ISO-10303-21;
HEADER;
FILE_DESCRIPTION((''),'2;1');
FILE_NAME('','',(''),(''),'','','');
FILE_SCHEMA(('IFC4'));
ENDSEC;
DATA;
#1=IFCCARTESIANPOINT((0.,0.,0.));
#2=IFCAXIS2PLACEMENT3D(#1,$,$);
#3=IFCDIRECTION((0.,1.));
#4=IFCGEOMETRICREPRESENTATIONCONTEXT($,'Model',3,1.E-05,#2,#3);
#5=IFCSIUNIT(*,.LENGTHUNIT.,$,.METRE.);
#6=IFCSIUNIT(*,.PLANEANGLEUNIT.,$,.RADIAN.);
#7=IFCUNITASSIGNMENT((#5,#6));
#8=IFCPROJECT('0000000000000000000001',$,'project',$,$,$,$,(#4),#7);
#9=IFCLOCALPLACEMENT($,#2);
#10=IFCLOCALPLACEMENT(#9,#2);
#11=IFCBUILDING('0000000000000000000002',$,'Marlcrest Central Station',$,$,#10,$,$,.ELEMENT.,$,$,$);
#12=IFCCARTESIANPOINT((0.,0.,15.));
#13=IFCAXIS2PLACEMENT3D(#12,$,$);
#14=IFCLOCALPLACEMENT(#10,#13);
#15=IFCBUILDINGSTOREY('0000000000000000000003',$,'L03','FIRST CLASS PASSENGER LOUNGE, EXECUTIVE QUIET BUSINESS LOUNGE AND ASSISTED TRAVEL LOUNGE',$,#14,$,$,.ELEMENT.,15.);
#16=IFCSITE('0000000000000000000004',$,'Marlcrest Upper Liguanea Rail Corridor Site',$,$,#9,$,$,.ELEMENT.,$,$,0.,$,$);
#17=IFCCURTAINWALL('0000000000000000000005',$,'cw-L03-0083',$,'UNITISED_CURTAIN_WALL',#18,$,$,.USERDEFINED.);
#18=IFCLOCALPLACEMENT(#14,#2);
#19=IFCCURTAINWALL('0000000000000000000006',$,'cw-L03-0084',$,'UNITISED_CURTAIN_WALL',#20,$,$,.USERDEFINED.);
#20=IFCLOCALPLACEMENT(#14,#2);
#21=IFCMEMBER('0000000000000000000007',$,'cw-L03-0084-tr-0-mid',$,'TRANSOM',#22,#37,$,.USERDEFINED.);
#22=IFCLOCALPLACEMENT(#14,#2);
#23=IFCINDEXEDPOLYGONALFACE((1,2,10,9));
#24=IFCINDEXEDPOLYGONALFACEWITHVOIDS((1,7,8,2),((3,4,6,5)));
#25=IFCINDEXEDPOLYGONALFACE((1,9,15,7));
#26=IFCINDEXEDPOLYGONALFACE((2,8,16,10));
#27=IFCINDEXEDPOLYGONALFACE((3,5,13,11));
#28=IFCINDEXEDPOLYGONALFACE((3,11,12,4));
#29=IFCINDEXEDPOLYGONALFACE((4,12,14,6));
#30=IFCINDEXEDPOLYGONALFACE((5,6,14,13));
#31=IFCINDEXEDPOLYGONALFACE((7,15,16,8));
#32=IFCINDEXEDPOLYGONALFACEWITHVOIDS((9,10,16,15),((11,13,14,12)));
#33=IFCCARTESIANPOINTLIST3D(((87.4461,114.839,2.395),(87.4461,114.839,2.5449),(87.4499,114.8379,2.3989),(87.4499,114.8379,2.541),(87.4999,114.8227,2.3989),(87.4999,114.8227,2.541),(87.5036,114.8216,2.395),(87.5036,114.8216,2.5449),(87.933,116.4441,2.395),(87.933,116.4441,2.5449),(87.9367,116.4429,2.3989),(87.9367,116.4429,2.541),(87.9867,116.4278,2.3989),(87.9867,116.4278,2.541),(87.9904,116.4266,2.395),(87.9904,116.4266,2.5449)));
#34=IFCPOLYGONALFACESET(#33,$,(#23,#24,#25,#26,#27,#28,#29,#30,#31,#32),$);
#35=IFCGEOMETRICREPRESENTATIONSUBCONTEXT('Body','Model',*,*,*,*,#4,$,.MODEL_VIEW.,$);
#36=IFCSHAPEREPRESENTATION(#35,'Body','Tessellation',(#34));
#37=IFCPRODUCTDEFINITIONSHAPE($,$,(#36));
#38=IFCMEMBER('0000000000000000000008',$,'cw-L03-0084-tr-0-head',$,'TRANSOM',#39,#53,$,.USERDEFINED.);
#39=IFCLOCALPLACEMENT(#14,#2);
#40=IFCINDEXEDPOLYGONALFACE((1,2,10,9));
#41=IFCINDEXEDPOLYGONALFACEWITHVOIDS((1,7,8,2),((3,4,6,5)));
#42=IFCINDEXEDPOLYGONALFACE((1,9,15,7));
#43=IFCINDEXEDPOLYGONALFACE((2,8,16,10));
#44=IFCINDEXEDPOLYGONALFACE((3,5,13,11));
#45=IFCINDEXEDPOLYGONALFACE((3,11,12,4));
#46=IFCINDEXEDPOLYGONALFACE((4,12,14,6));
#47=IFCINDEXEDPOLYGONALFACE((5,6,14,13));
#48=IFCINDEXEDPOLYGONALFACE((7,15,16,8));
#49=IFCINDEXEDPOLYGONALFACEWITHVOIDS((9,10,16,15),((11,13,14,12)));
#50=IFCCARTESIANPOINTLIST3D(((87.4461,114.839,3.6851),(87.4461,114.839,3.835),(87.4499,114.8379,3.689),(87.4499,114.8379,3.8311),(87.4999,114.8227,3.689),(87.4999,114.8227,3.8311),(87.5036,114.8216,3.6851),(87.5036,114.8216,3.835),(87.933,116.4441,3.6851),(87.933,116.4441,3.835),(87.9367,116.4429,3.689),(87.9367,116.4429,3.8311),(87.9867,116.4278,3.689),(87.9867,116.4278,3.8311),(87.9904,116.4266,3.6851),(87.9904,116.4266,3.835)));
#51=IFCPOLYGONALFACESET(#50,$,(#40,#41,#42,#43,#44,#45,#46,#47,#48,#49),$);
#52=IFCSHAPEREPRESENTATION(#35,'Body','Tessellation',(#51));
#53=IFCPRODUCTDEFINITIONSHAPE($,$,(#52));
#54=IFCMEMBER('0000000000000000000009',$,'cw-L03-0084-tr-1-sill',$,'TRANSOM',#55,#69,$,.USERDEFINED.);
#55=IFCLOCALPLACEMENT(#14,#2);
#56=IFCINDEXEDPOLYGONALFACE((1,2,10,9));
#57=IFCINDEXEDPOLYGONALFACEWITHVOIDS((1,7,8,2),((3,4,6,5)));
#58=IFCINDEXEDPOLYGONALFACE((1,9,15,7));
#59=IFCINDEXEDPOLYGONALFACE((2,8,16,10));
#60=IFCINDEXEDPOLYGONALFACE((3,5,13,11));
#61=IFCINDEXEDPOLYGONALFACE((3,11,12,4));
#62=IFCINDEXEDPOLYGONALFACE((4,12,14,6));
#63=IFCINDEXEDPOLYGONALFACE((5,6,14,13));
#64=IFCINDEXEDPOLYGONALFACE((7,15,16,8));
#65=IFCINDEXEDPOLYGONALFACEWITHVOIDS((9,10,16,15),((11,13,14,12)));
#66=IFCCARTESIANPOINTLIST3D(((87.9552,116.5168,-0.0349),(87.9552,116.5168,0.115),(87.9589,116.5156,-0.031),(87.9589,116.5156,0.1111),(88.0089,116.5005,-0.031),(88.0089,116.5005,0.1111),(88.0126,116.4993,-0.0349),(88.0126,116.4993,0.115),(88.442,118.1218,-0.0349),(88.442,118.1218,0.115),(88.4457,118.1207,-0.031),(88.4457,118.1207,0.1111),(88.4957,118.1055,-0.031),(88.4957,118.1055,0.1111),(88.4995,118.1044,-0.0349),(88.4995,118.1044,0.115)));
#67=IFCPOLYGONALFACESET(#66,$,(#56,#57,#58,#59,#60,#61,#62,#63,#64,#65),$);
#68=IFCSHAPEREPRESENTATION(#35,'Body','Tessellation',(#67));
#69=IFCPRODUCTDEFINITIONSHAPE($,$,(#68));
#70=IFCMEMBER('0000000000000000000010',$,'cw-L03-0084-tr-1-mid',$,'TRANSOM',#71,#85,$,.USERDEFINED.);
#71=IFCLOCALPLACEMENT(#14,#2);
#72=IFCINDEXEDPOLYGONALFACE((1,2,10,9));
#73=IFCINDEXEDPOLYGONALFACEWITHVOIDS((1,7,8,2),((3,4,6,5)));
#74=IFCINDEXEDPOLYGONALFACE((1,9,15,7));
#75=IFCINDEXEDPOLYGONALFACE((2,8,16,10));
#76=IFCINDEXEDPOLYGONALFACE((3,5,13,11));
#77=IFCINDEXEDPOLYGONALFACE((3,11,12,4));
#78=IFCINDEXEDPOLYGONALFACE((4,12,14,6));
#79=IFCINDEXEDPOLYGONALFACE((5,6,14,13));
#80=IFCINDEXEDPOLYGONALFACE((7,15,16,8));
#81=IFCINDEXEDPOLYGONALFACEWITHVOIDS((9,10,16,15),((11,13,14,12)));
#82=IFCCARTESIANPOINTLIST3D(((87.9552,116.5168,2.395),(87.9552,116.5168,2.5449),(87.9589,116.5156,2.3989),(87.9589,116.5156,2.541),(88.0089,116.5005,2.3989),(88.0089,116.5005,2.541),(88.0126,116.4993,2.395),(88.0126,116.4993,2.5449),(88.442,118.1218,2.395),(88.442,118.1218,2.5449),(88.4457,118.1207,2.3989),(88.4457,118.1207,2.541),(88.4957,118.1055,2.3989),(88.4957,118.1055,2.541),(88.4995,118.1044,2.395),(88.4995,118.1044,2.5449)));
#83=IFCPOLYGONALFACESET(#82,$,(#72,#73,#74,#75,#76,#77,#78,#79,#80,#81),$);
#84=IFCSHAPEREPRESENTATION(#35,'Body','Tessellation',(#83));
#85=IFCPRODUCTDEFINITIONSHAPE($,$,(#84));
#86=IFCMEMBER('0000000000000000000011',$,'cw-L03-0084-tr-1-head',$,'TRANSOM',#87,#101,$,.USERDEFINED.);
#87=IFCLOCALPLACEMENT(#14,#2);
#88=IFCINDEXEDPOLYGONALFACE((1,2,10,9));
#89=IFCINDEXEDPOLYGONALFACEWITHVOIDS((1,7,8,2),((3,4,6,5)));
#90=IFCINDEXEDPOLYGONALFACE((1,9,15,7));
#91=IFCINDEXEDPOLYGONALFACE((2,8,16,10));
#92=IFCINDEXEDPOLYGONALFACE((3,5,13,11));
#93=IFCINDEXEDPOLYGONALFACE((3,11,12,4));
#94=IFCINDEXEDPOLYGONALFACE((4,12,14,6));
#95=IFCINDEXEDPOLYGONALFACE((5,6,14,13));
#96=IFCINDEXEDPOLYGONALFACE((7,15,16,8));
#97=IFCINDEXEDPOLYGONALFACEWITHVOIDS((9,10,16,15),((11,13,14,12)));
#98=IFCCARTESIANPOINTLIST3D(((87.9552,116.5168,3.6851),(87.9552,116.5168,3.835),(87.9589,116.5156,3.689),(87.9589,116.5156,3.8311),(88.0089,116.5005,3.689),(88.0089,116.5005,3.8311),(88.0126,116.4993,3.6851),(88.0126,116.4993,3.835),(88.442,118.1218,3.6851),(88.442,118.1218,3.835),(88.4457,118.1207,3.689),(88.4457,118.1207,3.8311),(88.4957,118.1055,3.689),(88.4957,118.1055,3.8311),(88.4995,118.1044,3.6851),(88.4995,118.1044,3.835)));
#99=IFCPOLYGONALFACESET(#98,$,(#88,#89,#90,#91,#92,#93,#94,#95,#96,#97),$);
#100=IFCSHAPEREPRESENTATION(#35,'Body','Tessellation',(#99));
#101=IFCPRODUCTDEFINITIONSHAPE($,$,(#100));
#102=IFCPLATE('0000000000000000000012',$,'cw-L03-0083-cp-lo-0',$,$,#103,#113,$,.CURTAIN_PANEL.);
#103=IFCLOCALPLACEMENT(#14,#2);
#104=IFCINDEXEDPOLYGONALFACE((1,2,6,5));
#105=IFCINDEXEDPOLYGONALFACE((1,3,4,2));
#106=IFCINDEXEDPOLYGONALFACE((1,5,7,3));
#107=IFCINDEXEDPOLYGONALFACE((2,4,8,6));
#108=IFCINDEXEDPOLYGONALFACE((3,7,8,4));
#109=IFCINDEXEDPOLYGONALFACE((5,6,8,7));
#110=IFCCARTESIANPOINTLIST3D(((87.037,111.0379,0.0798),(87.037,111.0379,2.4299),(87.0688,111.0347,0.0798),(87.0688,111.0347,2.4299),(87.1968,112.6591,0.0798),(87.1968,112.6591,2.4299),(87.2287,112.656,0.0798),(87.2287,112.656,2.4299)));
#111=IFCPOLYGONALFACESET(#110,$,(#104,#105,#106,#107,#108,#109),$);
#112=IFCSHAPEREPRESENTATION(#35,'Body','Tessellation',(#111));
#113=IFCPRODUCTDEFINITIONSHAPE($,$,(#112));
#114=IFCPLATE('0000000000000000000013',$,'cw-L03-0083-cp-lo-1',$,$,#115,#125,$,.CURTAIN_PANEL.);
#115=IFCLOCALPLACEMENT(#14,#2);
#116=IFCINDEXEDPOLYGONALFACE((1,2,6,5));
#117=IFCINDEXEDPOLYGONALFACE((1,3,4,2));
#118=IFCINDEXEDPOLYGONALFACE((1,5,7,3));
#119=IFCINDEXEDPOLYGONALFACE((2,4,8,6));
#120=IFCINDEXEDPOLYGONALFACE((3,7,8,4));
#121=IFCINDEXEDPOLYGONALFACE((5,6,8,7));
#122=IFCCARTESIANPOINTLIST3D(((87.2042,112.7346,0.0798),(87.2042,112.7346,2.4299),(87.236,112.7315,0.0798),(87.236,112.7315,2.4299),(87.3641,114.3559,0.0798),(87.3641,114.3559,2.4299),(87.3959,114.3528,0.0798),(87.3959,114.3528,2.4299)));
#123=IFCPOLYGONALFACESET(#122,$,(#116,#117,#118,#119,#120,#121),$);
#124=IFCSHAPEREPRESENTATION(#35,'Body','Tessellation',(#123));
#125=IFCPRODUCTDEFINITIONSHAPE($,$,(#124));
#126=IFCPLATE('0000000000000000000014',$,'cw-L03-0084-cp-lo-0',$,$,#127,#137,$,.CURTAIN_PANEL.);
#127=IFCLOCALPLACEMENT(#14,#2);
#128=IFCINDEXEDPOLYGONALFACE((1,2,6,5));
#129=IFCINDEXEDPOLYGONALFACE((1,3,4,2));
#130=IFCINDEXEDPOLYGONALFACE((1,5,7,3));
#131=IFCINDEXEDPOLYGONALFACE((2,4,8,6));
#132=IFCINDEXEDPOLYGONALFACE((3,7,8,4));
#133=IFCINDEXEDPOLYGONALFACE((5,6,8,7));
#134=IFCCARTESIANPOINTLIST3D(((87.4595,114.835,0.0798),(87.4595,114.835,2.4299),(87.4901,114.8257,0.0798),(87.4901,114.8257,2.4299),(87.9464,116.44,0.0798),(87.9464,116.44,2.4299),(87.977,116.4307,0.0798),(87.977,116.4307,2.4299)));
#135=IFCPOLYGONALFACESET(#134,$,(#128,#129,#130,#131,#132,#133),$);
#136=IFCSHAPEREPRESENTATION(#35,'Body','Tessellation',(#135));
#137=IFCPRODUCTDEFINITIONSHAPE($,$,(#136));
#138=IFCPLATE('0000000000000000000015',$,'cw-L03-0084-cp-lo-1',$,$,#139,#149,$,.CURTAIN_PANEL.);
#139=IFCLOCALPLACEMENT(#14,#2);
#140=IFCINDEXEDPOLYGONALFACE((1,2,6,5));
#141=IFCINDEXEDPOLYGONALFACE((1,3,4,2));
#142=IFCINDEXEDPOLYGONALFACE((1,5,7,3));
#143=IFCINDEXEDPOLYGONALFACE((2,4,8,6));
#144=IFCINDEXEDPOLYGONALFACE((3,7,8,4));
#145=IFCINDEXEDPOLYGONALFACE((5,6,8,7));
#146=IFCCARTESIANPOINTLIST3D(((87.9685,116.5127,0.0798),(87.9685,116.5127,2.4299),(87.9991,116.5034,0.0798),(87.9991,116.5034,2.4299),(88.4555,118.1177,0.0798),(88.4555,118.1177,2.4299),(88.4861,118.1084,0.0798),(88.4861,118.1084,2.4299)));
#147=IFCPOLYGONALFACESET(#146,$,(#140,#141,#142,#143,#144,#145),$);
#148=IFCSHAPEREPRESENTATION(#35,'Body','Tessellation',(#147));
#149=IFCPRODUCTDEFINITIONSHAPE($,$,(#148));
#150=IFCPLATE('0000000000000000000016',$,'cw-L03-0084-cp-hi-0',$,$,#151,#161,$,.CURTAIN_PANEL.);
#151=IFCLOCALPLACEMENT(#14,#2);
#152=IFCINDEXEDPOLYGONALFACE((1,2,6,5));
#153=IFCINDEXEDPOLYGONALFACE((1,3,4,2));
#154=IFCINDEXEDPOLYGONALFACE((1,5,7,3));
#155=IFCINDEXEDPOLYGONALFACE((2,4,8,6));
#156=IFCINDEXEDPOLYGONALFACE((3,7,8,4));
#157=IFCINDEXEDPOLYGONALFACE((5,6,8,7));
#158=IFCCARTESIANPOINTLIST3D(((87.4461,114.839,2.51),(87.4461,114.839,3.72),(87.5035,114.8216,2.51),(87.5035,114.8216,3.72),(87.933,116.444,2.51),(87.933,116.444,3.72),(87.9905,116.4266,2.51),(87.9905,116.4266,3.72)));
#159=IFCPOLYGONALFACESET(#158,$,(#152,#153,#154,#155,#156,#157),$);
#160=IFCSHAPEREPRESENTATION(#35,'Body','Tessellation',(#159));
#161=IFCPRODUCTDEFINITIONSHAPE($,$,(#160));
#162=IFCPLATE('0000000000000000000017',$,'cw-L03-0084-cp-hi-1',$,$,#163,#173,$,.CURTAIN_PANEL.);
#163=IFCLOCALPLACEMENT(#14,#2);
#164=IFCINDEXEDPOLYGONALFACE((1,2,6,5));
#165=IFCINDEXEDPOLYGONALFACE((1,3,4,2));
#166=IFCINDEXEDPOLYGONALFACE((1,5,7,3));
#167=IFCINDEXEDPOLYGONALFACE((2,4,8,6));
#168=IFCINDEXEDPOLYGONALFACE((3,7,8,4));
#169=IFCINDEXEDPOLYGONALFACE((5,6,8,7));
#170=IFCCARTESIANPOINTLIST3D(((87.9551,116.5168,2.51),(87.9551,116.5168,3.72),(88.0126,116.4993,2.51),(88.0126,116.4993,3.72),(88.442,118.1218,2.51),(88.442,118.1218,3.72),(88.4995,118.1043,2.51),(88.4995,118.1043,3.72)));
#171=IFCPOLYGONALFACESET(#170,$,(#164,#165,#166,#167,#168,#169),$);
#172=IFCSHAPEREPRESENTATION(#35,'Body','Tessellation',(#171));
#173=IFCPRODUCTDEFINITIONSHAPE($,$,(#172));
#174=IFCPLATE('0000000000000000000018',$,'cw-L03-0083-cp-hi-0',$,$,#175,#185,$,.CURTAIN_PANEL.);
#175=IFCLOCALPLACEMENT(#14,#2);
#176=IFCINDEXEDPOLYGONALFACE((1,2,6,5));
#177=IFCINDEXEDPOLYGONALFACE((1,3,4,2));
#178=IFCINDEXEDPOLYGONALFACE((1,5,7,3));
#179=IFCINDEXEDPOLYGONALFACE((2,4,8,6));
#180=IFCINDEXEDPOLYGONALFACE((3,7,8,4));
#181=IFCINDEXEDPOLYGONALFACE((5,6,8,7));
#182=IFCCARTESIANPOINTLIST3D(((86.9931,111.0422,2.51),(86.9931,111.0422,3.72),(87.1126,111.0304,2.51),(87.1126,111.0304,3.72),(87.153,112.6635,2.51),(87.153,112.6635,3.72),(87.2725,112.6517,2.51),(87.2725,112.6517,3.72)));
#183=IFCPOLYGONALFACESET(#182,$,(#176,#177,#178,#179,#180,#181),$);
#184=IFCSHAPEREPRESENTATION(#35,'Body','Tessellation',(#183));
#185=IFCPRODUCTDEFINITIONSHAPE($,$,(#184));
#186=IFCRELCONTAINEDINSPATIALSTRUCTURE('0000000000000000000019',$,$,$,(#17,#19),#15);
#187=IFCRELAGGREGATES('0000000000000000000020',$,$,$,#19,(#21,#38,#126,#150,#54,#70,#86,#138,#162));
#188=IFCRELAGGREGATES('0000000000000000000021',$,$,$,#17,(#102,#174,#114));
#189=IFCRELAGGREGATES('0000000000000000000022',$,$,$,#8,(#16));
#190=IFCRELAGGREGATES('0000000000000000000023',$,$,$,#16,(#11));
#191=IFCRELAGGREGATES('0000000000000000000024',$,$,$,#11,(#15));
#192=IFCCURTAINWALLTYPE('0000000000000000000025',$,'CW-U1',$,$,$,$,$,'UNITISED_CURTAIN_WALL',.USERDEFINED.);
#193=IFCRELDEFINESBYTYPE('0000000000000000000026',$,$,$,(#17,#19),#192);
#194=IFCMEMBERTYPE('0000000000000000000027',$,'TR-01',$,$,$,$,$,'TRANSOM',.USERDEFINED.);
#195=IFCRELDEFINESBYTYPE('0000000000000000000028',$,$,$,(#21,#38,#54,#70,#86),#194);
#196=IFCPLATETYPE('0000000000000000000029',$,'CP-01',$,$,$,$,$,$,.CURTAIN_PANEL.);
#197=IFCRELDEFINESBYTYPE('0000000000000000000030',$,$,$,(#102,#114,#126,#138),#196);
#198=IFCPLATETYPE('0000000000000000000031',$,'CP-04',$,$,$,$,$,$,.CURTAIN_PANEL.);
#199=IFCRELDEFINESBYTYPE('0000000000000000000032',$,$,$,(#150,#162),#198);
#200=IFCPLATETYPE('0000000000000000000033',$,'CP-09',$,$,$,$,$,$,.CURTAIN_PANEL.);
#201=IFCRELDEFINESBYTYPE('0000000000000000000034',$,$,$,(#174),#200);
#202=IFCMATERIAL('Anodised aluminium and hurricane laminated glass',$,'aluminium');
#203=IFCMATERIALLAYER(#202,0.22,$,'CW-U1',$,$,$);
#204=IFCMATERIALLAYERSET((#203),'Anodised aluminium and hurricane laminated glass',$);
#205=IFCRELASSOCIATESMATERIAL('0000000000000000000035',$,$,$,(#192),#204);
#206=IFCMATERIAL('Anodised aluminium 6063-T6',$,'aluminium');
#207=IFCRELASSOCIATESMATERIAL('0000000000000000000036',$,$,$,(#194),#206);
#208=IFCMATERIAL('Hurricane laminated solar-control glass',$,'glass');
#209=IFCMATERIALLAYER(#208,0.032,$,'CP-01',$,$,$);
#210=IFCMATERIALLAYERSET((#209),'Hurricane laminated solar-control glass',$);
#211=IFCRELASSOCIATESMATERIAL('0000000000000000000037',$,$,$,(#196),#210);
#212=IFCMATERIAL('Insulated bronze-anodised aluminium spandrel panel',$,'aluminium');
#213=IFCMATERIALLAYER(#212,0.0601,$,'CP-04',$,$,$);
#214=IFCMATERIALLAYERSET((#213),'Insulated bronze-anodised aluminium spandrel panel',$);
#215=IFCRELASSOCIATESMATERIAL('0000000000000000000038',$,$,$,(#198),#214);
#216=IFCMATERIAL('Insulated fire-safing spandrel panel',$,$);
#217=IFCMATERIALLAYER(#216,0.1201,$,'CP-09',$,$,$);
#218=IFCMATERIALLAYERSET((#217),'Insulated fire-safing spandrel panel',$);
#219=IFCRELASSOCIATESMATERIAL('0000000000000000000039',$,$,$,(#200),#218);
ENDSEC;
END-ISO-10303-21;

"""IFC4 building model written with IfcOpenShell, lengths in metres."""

from ifc_helpers import new_model, si_unit, direction, frame, origin, origin_2d, place, context, subcontext, project, spatial, rectangle, hollow_rectangle, extrude, material, layer, layer_set, material_profile, profile_set, type_object, element, aggregate, save


model = new_model("IFC4")

# Units and contexts
model_context = context("Model", 3, precision=1e-05, world=origin(), true_north=direction((0.0, 1.0)))
body_context = subcontext(model_context, "Body", "Model", "MODEL_VIEW")
ifc_project = project(units=[si_unit("LENGTHUNIT", "METRE"), si_unit("PLANEANGLEUNIT", "RADIAN")], contexts=[model_context])

# Site, building, storey
site_placement = place(None, origin())
site = spatial("IfcSite", under=ifc_project, at=site_placement, Name="Marlcrest Upper Liguanea Rail Corridor Site", CompositionType="ELEMENT", RefElevation=0.0)
building_placement = place(site_placement, origin())
building = spatial("IfcBuilding", under=site, at=building_placement, Name="Marlcrest Central Station", CompositionType="ELEMENT")
storey_placement = place(building_placement, frame((0.0, 0.0, 15.0)))
storey = spatial("IfcBuildingStorey", under=building, at=storey_placement, Name="L03", Description="FIRST CLASS PASSENGER LOUNGE, EXECUTIVE QUIET BUSINESS LOUNGE AND ASSISTED TRAVEL LOUNGE", CompositionType="ELEMENT", Elevation=15.0)

# Curtain walls
ifc_material_1 = material(Name="Anodised aluminium and hurricane laminated glass", Category="aluminium")
ifc_layer_1 = layer(ifc_material_1, 0.22, Name="CW-U1")
ifc_layer_set_1 = layer_set([ifc_layer_1], Name="Anodised aluminium and hurricane laminated glass")
curtain_wall_type = type_object("IfcCurtainWallType", Name="CW-U1", ElementType="UNITISED_CURTAIN_WALL", PredefinedType="USERDEFINED", material=ifc_layer_set_1)
curtain_wall_1_placement = place(storey_placement, origin())
curtain_wall_1 = element("IfcCurtainWall", 1, at=curtain_wall_1_placement, inside=storey, type_object=curtain_wall_type, Name="cw-L03-0083", ObjectType="UNITISED_CURTAIN_WALL", PredefinedType="USERDEFINED")
ifc_material_2 = material(Name="Anodised aluminium 6063-T6", Category="aluminium")
curtain_wall_2_placement = place(storey_placement, origin())
curtain_wall_2 = element("IfcCurtainWall", 2, at=curtain_wall_2_placement, inside=storey, type_object=curtain_wall_type, Name="cw-L03-0084", ObjectType="UNITISED_CURTAIN_WALL", PredefinedType="USERDEFINED")

# Members
ifc_material_profile_1 = material_profile(ifc_material_2, hollow_rectangle(XDim=0.0601, YDim=0.1499, WallThickness=0.0039, at=origin_2d()), Name="AA-RHS 150x60x4")
ifc_profile_set_1 = profile_set([ifc_material_profile_1], Name="Anodised aluminium 6063-T6")
member_type_1 = type_object("IfcMemberType", Name="TR-01", ElementType="TRANSOM", PredefinedType="USERDEFINED", material=ifc_profile_set_1)
member_1_placement = place(storey_placement, frame((87.4749, 114.8303, 2.47), z_axis=(0.290258, 0.956948, 0.0), x_axis=(-0.956948, 0.290258, 0.0)))
member_1 = element("IfcMember", 3, at=member_1_placement, type_object=member_type_1, Name="cw-L03-0084-tr-0-mid", ObjectType="TRANSOM", PredefinedType="USERDEFINED", context=body_context, shape_type="SweptSolid", body=[
    extrude(hollow_rectangle(XDim=0.0601, YDim=0.1499, WallThickness=0.0039, at=origin_2d()), origin(), (0.0, 0.0, 1.0), 1.6772),
])
member_2_placement = place(storey_placement, frame((87.4749, 114.8303, 3.76), z_axis=(0.290258, 0.956948, 0.0), x_axis=(-0.956948, 0.290258, 0.0)))
member_2 = element("IfcMember", 4, at=member_2_placement, type_object=member_type_1, Name="cw-L03-0084-tr-0-head", ObjectType="TRANSOM", PredefinedType="USERDEFINED", context=body_context, shape_type="SweptSolid", body=[
    extrude(hollow_rectangle(XDim=0.0601, YDim=0.1499, WallThickness=0.0039, at=origin_2d()), origin(), (0.0, 0.0, 1.0), 1.6772),
])
member_3_placement = place(storey_placement, frame((87.9839, 116.5081, 0.04), z_axis=(0.290258, 0.956948, 0.0), x_axis=(-0.956948, 0.290258, 0.0)))
member_3 = element("IfcMember", 5, at=member_3_placement, type_object=member_type_1, Name="cw-L03-0084-tr-1-sill", ObjectType="TRANSOM", PredefinedType="USERDEFINED", context=body_context, shape_type="SweptSolid", body=[
    extrude(hollow_rectangle(XDim=0.0601, YDim=0.1499, WallThickness=0.0039, at=origin_2d()), origin(), (0.0, 0.0, 1.0), 1.6772),
])
member_4_placement = place(storey_placement, frame((87.9839, 116.5081, 2.47), z_axis=(0.290258, 0.956948, 0.0), x_axis=(-0.956948, 0.290258, 0.0)))
member_4 = element("IfcMember", 6, at=member_4_placement, type_object=member_type_1, Name="cw-L03-0084-tr-1-mid", ObjectType="TRANSOM", PredefinedType="USERDEFINED", context=body_context, shape_type="SweptSolid", body=[
    extrude(hollow_rectangle(XDim=0.0601, YDim=0.1499, WallThickness=0.0039, at=origin_2d()), origin(), (0.0, 0.0, 1.0), 1.6772),
])
member_5_placement = place(storey_placement, frame((87.9839, 116.5081, 3.76), z_axis=(0.290258, 0.956948, 0.0), x_axis=(-0.956948, 0.290258, 0.0)))
member_5 = element("IfcMember", 7, at=member_5_placement, type_object=member_type_1, Name="cw-L03-0084-tr-1-head", ObjectType="TRANSOM", PredefinedType="USERDEFINED", context=body_context, shape_type="SweptSolid", body=[
    extrude(hollow_rectangle(XDim=0.0601, YDim=0.1499, WallThickness=0.0039, at=origin_2d()), origin(), (0.0, 0.0, 1.0), 1.6772),
])

# Plates
ifc_material_3 = material(Name="Hurricane laminated solar-control glass", Category="glass")
ifc_layer_2 = layer(ifc_material_3, 0.032, Name="CP-01")
ifc_layer_set_2 = layer_set([ifc_layer_2], Name="Hurricane laminated solar-control glass")
plate_type_1 = type_object("IfcPlateType", Name="CP-01", PredefinedType="CURTAIN_PANEL", material=ifc_layer_set_2)
plate_1_placement = place(storey_placement, frame((87.1328, 111.8469, 0.0798), z_axis=(0.0, 0.0, 1.0), x_axis=(0.098139, 0.995173, 0.0)))
plate_1 = element("IfcPlate", 8, at=plate_1_placement, type_object=plate_type_1, Name="cw-L03-0083-cp-lo-0", PredefinedType="CURTAIN_PANEL", context=body_context, shape_type="SweptSolid", body=[
    extrude(rectangle(XDim=1.6292, YDim=0.032, at=origin_2d()), origin(), (0.0, 0.0, 1.0), 2.3501),
])
plate_2_placement = place(storey_placement, frame((87.3, 113.5437, 0.0798), z_axis=(0.0, 0.0, 1.0), x_axis=(0.098139, 0.995173, 0.0)))
plate_2 = element("IfcPlate", 9, at=plate_2_placement, type_object=plate_type_1, Name="cw-L03-0083-cp-lo-1", PredefinedType="CURTAIN_PANEL", context=body_context, shape_type="SweptSolid", body=[
    extrude(rectangle(XDim=1.6292, YDim=0.032, at=origin_2d()), origin(), (0.0, 0.0, 1.0), 2.3501),
])
plate_3_placement = place(storey_placement, frame((87.7183, 115.6328, 0.0798), z_axis=(0.0, 0.0, 1.0), x_axis=(0.290318, 0.95693, 0.0)))
plate_3 = element("IfcPlate", 10, at=plate_3_placement, type_object=plate_type_1, Name="cw-L03-0084-cp-lo-0", PredefinedType="CURTAIN_PANEL", context=body_context, shape_type="SweptSolid", body=[
    extrude(rectangle(XDim=1.6772, YDim=0.032, at=origin_2d()), origin(), (0.0, 0.0, 1.0), 2.3501),
])
plate_4_placement = place(storey_placement, frame((88.2273, 117.3105, 0.0798), z_axis=(0.0, 0.0, 1.0), x_axis=(0.290318, 0.95693, 0.0)))
plate_4 = element("IfcPlate", 11, at=plate_4_placement, type_object=plate_type_1, Name="cw-L03-0084-cp-lo-1", PredefinedType="CURTAIN_PANEL", context=body_context, shape_type="SweptSolid", body=[
    extrude(rectangle(XDim=1.6772, YDim=0.032, at=origin_2d()), origin(), (0.0, 0.0, 1.0), 2.3501),
])
ifc_material_4 = material(Name="Insulated bronze-anodised aluminium spandrel panel", Category="aluminium")
ifc_layer_3 = layer(ifc_material_4, 0.0601, Name="CP-04")
ifc_layer_set_3 = layer_set([ifc_layer_3], Name="Insulated bronze-anodised aluminium spandrel panel")
plate_type_2 = type_object("IfcPlateType", Name="CP-04", PredefinedType="CURTAIN_PANEL", material=ifc_layer_set_3)
plate_5_placement = place(storey_placement, frame((87.7183, 115.6328, 2.51), z_axis=(0.0, 0.0, 1.0), x_axis=(0.290318, 0.95693, 0.0)))
plate_5 = element("IfcPlate", 12, at=plate_5_placement, type_object=plate_type_2, Name="cw-L03-0084-cp-hi-0", PredefinedType="CURTAIN_PANEL", context=body_context, shape_type="SweptSolid", body=[
    extrude(rectangle(XDim=1.6772, YDim=0.0601, at=origin_2d()), origin(), (0.0, 0.0, 1.0), 1.21),
])
plate_6_placement = place(storey_placement, frame((88.2273, 117.3105, 2.51), z_axis=(0.0, 0.0, 1.0), x_axis=(0.290318, 0.95693, 0.0)))
plate_6 = element("IfcPlate", 13, at=plate_6_placement, type_object=plate_type_2, Name="cw-L03-0084-cp-hi-1", PredefinedType="CURTAIN_PANEL", context=body_context, shape_type="SweptSolid", body=[
    extrude(rectangle(XDim=1.6772, YDim=0.0601, at=origin_2d()), origin(), (0.0, 0.0, 1.0), 1.21),
])
aggregate(curtain_wall_2, [member_1, member_2, plate_3, plate_5, member_3, member_4, member_5, plate_4, plate_6])
ifc_material_5 = material(Name="Insulated fire-safing spandrel panel")
ifc_layer_4 = layer(ifc_material_5, 0.1201, Name="CP-09")
ifc_layer_set_4 = layer_set([ifc_layer_4], Name="Insulated fire-safing spandrel panel")
plate_type_3 = type_object("IfcPlateType", Name="CP-09", PredefinedType="CURTAIN_PANEL", material=ifc_layer_set_4)
plate_7_placement = place(storey_placement, frame((87.1328, 111.8469, 2.51), z_axis=(0.0, 0.0, 1.0), x_axis=(0.098139, 0.995173, 0.0)))
plate_7 = element("IfcPlate", 14, at=plate_7_placement, type_object=plate_type_3, Name="cw-L03-0083-cp-hi-0", PredefinedType="CURTAIN_PANEL", context=body_context, shape_type="SweptSolid", body=[
    extrude(rectangle(XDim=1.6292, YDim=0.1201, at=origin_2d()), origin(), (0.0, 0.0, 1.0), 1.21),
])
aggregate(curtain_wall_1, [plate_1, plate_7, plate_2])

save(model, "model.ifc")
